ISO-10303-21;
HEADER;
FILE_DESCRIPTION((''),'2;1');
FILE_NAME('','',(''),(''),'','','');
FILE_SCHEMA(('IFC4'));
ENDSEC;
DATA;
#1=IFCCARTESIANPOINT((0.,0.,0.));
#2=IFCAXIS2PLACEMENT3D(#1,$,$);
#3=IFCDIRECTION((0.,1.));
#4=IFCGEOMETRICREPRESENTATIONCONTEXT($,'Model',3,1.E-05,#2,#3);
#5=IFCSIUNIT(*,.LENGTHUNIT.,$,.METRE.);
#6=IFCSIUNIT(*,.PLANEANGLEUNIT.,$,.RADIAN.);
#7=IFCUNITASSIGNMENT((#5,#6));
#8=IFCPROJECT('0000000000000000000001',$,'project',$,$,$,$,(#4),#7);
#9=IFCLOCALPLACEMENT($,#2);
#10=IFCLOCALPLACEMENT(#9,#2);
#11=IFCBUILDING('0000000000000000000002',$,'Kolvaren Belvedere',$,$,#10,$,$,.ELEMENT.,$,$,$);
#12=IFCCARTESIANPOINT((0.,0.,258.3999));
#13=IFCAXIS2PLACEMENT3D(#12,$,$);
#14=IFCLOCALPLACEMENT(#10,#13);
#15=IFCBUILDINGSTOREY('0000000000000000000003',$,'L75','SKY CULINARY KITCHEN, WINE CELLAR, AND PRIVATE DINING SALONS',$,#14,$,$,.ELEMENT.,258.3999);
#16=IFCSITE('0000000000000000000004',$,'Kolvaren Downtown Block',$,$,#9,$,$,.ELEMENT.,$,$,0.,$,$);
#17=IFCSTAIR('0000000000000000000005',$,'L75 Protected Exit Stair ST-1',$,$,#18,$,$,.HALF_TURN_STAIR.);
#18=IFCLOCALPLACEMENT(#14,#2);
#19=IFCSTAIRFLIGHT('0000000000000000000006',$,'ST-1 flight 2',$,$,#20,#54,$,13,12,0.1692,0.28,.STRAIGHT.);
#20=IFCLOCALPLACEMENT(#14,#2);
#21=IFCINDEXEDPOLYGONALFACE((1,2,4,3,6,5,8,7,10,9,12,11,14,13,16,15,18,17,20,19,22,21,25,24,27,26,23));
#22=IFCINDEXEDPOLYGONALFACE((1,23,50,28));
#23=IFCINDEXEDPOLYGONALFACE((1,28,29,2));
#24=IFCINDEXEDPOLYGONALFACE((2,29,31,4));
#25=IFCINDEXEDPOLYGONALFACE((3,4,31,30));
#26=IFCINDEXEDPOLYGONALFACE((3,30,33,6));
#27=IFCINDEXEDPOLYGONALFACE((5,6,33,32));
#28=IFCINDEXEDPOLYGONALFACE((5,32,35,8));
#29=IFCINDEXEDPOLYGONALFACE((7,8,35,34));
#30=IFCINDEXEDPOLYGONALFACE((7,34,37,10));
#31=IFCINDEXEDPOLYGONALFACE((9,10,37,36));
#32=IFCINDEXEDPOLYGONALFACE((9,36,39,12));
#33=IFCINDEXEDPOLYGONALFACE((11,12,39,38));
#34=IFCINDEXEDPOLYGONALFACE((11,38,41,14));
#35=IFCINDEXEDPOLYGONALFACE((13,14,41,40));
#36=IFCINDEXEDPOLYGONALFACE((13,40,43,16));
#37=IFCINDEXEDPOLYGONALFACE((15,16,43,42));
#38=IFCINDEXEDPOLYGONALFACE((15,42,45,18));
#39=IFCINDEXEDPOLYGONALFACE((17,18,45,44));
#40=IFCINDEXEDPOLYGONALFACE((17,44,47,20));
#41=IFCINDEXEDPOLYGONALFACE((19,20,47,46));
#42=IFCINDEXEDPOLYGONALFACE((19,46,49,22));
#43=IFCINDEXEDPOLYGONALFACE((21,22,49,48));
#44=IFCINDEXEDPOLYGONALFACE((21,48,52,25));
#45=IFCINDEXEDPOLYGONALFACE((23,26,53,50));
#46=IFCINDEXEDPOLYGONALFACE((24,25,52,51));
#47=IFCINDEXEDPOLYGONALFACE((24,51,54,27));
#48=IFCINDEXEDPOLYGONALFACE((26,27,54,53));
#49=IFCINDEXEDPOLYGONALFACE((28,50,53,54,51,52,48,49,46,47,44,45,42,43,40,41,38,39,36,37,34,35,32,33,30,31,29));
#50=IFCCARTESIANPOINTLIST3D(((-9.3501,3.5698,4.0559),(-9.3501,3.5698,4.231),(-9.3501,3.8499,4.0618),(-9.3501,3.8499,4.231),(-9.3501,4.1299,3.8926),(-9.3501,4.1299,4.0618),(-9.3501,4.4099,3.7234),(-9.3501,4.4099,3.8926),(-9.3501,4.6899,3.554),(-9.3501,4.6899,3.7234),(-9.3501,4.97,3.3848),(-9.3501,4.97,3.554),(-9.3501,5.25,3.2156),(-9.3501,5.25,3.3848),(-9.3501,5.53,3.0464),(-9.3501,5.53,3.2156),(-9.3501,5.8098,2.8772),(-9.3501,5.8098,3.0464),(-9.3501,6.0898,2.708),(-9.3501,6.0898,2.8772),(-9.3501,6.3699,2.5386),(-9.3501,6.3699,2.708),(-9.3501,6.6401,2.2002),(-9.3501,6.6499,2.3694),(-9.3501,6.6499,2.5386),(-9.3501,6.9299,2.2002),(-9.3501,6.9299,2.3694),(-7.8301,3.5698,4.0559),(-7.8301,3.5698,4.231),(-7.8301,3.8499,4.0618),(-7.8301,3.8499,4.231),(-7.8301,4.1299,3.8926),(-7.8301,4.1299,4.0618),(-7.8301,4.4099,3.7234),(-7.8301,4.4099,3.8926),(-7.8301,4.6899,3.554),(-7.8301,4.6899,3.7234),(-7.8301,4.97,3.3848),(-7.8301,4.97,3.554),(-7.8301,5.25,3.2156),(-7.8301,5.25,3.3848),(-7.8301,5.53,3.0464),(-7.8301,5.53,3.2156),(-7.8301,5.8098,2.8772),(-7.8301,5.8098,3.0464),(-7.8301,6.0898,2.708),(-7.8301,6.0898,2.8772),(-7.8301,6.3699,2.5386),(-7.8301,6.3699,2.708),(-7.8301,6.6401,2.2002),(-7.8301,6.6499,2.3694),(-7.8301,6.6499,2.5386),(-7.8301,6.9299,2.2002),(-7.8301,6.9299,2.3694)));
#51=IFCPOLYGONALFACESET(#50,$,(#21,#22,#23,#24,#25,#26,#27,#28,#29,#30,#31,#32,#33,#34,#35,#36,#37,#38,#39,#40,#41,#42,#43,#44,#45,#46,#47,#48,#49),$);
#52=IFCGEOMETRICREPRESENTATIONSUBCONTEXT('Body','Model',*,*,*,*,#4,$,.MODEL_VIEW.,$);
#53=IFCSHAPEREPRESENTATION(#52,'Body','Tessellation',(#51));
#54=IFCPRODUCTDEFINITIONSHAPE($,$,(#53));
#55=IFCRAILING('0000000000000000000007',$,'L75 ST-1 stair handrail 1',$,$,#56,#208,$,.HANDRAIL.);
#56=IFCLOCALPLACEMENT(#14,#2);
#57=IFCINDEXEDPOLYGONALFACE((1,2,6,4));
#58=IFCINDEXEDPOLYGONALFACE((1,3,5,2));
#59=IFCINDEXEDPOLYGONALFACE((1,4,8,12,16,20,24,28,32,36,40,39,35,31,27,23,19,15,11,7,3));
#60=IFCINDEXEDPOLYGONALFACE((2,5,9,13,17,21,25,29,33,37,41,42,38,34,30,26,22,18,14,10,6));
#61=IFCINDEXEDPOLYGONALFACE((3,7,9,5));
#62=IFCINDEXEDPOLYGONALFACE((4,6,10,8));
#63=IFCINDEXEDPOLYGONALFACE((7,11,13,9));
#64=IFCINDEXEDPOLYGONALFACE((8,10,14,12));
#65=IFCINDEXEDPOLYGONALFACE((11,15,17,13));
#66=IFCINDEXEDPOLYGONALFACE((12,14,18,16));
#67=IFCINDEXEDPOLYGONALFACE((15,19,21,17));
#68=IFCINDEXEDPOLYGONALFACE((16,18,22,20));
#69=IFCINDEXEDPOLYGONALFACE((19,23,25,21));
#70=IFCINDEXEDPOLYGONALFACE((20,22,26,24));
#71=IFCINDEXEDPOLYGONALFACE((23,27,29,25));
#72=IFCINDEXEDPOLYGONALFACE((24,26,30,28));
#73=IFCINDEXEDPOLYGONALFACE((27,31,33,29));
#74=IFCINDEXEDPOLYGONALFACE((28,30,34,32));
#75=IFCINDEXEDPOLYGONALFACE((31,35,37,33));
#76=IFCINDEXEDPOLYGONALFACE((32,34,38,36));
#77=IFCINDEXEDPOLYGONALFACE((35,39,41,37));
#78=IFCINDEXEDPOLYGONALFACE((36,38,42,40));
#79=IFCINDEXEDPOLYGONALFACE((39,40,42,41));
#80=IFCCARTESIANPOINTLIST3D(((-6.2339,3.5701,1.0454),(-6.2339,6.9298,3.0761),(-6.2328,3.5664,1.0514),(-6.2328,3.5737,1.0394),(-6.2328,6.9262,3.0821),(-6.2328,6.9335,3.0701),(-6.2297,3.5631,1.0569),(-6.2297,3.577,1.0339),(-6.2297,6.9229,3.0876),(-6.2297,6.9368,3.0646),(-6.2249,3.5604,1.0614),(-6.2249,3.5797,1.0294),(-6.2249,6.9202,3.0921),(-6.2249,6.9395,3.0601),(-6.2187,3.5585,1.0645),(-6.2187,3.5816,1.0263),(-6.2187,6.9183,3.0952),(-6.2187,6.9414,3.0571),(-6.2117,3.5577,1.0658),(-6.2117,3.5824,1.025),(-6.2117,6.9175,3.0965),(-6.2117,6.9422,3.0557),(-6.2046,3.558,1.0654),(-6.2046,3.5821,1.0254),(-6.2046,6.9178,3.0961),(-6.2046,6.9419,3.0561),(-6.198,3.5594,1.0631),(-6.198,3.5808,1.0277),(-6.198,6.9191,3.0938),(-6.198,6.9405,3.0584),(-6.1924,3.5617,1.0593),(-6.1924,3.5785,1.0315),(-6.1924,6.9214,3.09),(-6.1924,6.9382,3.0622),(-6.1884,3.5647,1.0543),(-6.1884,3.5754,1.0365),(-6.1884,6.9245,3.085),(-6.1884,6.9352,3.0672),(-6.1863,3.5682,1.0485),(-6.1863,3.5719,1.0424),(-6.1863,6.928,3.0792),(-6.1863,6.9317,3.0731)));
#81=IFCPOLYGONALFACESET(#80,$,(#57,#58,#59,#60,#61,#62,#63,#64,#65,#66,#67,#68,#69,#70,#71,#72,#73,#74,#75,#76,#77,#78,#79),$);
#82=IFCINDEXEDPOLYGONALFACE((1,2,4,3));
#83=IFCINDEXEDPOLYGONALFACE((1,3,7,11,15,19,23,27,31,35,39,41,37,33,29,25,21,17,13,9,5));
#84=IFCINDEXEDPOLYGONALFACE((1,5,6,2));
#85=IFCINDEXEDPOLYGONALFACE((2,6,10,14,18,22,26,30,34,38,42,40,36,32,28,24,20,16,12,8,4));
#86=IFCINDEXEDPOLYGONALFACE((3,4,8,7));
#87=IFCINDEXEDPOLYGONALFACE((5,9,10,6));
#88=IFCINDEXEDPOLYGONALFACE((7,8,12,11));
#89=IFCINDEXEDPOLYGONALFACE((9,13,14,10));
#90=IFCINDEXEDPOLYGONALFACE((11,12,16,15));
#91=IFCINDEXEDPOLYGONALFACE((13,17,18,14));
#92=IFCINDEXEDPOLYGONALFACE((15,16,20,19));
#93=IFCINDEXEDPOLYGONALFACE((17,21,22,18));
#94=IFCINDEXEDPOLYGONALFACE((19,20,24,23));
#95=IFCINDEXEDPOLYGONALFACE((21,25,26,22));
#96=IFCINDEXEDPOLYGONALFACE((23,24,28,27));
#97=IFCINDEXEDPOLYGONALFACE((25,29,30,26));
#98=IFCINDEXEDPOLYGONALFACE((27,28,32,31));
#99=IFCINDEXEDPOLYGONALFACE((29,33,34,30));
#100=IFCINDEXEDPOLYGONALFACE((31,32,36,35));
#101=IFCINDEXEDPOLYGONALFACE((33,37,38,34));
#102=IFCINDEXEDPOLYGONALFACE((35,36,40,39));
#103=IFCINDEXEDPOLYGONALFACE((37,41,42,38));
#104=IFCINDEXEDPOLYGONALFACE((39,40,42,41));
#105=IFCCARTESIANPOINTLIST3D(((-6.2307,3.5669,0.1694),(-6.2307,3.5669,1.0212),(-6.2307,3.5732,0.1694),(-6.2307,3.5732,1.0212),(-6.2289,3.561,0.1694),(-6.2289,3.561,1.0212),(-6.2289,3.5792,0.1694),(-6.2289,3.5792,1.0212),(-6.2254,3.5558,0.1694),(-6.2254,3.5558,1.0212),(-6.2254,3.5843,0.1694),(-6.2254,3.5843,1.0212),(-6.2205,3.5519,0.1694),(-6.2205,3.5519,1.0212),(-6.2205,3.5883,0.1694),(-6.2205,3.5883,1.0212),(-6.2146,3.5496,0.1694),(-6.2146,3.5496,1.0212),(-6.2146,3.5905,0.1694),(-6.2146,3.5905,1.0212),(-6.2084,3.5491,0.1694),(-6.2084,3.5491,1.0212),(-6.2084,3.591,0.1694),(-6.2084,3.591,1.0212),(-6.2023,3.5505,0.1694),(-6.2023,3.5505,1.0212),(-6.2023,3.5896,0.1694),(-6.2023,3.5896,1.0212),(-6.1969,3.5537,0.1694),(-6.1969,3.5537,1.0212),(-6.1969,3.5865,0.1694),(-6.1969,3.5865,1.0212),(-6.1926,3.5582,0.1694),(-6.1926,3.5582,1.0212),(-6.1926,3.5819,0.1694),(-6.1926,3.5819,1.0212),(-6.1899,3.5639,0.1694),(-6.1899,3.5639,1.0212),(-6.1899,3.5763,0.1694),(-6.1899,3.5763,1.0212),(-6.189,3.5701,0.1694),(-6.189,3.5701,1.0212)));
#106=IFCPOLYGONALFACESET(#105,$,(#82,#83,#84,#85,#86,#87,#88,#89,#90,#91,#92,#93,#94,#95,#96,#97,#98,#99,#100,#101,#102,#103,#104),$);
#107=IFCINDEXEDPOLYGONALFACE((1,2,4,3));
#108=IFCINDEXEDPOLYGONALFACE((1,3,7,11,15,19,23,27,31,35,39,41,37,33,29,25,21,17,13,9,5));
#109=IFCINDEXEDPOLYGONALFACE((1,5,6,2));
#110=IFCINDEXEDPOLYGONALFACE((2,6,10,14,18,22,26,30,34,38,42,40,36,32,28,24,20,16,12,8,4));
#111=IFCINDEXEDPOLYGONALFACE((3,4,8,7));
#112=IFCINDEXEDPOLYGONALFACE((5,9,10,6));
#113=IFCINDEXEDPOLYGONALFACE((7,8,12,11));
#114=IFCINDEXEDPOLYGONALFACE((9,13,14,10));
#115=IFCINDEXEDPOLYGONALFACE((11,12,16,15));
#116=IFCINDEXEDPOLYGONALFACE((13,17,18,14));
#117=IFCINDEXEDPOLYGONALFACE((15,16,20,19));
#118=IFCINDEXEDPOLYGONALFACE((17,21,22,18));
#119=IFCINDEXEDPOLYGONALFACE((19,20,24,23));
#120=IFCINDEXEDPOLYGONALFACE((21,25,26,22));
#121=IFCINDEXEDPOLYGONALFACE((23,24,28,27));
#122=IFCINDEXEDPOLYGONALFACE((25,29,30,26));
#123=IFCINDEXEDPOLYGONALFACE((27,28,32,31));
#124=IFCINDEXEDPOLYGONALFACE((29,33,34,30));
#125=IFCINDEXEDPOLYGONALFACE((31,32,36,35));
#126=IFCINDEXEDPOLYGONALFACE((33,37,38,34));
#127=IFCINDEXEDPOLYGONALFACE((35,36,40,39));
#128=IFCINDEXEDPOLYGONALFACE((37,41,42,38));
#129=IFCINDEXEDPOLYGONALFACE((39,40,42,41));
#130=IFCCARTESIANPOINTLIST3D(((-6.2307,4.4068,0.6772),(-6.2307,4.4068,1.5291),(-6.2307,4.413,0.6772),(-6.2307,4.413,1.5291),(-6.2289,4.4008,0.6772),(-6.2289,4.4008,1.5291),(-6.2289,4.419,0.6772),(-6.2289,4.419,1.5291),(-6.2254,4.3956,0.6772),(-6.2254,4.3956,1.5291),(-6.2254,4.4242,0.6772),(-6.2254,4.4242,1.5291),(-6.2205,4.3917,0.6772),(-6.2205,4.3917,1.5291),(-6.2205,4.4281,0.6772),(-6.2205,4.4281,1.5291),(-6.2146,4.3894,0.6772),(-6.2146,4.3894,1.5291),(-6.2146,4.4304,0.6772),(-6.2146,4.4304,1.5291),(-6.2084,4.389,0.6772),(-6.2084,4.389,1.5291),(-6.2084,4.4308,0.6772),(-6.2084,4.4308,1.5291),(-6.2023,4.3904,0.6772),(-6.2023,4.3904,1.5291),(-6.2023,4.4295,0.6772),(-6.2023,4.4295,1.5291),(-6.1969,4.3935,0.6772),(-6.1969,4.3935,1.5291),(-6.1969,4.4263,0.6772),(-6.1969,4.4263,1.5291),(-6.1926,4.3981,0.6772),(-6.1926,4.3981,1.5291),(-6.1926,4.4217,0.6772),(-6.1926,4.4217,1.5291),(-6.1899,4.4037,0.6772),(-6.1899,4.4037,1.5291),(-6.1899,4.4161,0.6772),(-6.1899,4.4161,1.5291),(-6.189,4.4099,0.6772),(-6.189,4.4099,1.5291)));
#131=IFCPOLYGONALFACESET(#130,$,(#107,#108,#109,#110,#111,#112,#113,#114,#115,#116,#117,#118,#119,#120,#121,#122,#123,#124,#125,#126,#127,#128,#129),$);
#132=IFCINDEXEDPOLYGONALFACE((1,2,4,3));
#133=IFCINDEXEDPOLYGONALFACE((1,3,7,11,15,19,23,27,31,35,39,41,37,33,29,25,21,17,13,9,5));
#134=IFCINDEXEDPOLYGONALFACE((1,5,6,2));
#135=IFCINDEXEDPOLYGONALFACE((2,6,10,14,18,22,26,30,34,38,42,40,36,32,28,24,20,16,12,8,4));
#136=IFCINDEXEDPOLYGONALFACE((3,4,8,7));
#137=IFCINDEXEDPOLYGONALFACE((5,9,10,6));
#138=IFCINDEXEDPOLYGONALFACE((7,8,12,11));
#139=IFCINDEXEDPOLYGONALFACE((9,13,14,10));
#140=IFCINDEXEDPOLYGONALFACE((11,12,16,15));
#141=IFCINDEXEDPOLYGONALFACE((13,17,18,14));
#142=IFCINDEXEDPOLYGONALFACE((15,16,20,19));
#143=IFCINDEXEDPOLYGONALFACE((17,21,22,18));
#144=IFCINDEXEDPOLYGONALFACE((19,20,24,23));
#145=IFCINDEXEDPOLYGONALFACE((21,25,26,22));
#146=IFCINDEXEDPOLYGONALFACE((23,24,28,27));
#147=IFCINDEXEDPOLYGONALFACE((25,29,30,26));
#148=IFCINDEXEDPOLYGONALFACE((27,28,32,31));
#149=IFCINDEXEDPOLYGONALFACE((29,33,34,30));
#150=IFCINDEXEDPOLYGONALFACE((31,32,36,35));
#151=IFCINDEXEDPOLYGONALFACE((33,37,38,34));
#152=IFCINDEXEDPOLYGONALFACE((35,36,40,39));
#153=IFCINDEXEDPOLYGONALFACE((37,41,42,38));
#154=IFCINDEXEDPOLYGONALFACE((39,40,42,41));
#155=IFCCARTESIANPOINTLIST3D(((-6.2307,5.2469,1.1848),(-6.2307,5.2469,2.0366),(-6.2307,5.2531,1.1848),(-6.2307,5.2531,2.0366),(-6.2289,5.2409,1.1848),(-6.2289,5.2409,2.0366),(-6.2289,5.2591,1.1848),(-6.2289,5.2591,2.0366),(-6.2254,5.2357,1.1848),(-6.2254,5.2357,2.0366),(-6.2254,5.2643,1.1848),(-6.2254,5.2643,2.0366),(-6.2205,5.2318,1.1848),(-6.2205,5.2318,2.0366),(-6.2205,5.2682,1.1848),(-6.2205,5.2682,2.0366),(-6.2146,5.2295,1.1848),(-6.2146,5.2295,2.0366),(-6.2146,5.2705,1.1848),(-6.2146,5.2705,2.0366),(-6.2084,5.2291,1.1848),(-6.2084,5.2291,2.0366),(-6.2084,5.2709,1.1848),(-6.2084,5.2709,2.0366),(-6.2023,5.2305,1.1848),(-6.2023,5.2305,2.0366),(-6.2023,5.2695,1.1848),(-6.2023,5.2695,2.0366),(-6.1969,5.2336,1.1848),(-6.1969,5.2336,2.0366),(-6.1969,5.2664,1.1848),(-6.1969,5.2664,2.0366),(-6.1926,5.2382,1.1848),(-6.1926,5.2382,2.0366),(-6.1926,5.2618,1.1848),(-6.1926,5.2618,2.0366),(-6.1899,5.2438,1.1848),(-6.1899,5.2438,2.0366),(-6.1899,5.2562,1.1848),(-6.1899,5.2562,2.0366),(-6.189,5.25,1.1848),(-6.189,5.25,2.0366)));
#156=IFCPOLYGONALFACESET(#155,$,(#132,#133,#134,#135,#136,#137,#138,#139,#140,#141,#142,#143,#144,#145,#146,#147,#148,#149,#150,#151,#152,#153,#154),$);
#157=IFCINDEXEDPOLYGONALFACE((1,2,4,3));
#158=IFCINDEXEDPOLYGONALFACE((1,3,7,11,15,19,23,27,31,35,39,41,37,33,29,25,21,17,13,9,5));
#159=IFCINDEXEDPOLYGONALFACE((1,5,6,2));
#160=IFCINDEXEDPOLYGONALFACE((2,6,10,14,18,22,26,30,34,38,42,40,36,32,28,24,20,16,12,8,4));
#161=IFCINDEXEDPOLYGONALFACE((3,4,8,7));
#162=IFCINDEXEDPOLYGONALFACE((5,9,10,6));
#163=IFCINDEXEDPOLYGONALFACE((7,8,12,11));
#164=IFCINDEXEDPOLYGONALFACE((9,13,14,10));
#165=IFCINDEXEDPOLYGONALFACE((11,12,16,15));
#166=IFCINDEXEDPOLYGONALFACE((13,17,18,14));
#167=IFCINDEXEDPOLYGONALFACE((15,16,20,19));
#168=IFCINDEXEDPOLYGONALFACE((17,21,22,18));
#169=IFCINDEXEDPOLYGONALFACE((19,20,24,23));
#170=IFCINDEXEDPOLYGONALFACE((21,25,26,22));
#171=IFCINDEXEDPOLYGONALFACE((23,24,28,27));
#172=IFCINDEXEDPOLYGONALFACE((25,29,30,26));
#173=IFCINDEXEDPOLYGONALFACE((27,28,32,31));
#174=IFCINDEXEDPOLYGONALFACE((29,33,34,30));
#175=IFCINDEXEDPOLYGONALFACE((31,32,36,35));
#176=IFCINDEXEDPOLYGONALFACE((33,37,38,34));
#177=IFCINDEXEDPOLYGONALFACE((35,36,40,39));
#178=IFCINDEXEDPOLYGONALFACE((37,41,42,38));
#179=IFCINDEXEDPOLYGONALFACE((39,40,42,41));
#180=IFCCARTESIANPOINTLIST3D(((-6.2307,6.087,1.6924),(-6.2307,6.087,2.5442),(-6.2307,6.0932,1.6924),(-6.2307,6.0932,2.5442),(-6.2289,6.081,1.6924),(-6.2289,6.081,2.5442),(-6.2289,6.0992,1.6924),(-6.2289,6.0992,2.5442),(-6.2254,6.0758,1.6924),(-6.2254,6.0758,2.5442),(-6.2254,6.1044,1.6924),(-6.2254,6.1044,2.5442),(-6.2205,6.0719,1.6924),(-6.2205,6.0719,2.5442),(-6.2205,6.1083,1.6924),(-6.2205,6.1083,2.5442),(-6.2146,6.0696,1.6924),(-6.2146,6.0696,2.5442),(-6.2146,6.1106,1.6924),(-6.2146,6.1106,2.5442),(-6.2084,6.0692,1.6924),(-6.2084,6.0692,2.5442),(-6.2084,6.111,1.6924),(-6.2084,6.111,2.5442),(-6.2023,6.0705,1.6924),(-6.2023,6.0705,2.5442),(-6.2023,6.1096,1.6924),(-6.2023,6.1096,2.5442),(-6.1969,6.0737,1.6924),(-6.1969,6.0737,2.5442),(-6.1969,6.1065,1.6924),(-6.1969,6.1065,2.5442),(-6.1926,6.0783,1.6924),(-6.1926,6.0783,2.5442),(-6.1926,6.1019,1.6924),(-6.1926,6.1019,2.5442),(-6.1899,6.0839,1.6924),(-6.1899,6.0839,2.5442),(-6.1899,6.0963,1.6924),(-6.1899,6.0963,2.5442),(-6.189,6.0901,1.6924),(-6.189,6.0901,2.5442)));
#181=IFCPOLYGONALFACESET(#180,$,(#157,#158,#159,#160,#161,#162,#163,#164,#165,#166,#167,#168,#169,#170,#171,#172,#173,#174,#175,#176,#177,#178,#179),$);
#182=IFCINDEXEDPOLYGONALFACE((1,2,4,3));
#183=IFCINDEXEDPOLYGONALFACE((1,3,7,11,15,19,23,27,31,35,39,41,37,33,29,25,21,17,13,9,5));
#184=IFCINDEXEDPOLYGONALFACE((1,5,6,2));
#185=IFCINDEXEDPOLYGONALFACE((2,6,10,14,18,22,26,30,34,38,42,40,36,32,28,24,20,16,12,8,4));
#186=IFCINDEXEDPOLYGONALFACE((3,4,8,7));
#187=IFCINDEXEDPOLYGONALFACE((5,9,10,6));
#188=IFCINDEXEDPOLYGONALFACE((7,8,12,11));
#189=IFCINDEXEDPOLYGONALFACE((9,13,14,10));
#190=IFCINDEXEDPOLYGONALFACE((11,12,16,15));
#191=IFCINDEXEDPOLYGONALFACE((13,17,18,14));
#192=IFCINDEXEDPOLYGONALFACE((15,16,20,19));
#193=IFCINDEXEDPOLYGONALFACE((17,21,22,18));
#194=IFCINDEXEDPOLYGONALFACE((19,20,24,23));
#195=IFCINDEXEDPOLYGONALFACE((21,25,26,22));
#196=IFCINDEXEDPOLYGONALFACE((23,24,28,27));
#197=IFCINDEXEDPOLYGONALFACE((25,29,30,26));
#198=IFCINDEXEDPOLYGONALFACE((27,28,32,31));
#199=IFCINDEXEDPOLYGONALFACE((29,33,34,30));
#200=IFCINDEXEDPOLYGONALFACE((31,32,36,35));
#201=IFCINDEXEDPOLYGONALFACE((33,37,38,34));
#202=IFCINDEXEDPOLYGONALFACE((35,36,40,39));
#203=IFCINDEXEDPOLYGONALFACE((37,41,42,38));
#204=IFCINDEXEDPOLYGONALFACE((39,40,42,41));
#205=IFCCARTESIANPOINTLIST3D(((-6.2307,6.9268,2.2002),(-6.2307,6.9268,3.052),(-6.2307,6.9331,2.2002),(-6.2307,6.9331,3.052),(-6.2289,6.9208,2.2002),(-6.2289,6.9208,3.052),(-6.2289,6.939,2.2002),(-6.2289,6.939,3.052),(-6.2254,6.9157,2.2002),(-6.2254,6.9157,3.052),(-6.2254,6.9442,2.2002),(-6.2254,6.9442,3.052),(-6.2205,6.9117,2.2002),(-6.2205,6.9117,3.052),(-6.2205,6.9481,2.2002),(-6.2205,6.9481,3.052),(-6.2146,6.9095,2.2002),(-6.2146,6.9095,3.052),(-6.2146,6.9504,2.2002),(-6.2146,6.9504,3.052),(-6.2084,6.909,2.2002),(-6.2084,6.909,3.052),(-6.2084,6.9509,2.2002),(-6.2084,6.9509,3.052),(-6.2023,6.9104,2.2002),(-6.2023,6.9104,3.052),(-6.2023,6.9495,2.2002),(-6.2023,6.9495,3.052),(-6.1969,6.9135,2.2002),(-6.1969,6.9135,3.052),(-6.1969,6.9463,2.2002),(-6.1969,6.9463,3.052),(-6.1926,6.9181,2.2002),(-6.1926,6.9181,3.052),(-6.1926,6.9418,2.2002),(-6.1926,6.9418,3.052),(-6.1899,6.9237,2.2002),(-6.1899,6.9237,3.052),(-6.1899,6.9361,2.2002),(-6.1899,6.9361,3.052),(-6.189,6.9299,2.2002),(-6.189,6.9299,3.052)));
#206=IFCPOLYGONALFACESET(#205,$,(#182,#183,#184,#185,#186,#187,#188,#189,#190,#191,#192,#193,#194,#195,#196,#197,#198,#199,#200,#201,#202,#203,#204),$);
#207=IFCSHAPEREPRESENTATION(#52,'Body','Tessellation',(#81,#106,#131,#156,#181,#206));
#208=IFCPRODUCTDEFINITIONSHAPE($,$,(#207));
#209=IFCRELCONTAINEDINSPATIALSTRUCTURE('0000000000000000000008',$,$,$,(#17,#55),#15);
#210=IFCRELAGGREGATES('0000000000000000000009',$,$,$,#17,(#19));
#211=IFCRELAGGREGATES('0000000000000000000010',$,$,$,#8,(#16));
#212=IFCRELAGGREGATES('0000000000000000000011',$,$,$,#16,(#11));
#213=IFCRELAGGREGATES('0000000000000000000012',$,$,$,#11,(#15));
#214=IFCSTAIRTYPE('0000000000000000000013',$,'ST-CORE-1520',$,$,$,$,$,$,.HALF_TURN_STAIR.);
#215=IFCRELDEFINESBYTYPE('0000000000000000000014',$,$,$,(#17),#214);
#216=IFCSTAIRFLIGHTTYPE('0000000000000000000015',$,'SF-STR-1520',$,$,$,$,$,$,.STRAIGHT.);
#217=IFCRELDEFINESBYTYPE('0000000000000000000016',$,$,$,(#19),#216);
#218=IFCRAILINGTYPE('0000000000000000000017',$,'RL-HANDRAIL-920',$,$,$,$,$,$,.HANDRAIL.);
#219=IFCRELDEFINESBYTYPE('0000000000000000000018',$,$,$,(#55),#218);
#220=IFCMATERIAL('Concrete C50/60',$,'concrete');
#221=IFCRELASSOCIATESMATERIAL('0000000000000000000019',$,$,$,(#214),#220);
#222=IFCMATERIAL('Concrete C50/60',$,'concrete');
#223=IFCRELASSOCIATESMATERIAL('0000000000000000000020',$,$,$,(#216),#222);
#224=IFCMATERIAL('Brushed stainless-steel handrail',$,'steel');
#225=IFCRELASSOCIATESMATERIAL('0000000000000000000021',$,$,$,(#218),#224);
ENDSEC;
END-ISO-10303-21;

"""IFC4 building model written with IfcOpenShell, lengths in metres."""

from ifc_helpers import new_model, si_unit, direction, frame, origin, origin_2d, place, context, subcontext, project, spatial, polyline, circle, outline, extrude, material, type_object, element, aggregate, save


model = new_model("IFC4")

# Units and contexts
model_context = context("Model", 3, precision=1e-05, world=origin(), true_north=direction((0.0, 1.0)))
body_context = subcontext(model_context, "Body", "Model", "MODEL_VIEW")
ifc_project = project(units=[si_unit("LENGTHUNIT", "METRE"), si_unit("PLANEANGLEUNIT", "RADIAN")], contexts=[model_context])

# Site, building, storey
site_placement = place(None, origin())
site = spatial("IfcSite", under=ifc_project, at=site_placement, Name="Kolvaren Downtown Block", CompositionType="ELEMENT", RefElevation=0.0)
building_placement = place(site_placement, origin())
building = spatial("IfcBuilding", under=site, at=building_placement, Name="Kolvaren Belvedere", CompositionType="ELEMENT")
storey_placement = place(building_placement, frame((0.0, 0.0, 258.3999)))
storey = spatial("IfcBuildingStorey", under=building, at=storey_placement, Name="L75", Description="SKY CULINARY KITCHEN, WINE CELLAR, AND PRIVATE DINING SALONS", CompositionType="ELEMENT", Elevation=258.3999)

# Stair, stair flight
ifc_material_1 = material(Name="Concrete C50/60", Category="concrete")
stair_type = type_object("IfcStairType", Name="ST-CORE-1520", PredefinedType="HALF_TURN_STAIR", material=ifc_material_1)
stair_placement = place(storey_placement, origin())
stair = element("IfcStair", 1, at=stair_placement, inside=storey, type_object=stair_type, Name="L75 Protected Exit Stair ST-1", PredefinedType="HALF_TURN_STAIR")
ifc_material_2 = material(Name="Concrete C50/60", Category="concrete")
stair_flight_type = type_object("IfcStairFlightType", Name="SF-STR-1520", PredefinedType="STRAIGHT", material=ifc_material_2)
stair_flight_1_placement = place(storey_placement, frame((-8.5901, 6.9299, 2.2002), z_axis=(0.0, 0.0, 1.0), x_axis=(0.0, -1.0, 0.0)))
stair_flight_1 = element("IfcStairFlight", 2, at=stair_flight_1_placement, type_object=stair_flight_type, Name="ST-1 flight 2", NumberOfRisers=13, NumberOfTreads=12, PredefinedType="STRAIGHT", RiserHeight=0.1692, TreadLength=0.28, context=body_context, shape_type="SweptSolid", body=[
    extrude(outline(polyline([(0.0, 0.0), (0.0, 0.1692), (0.28, 0.1692), (0.28, 0.3384), (0.5601, 0.3384), (0.5601, 0.5078), (0.8401, 0.5078), (0.8401, 0.677), (1.1201, 0.677), (1.1201, 0.8462), (1.3999, 0.8462), (1.3999, 1.0154), (1.6799, 1.0154), (1.6799, 1.1846), (1.96, 1.1846), (1.96, 1.3538), (2.24, 1.3538), (2.24, 1.5232), (2.52, 1.5232), (2.52, 1.6924), (2.8, 1.6924), (2.8, 1.8616), (3.0801, 1.8616), (3.0801, 2.0308), (3.3601, 2.0308), (3.3601, 2.2), (3.3601, 1.8557), (0.2898, 0.0), (0.0, 0.0)])), frame((0.0, 0.76, 0.0), z_axis=(0.0, -1.0, 0.0), x_axis=(1.0, 0.0, 0.0)), (0.0, 0.0, 1.0), 1.52),
])
aggregate(stair, [stair_flight_1])

# Railing
ifc_material_3 = material(Name="Brushed stainless-steel handrail", Category="steel")
railing_type_1 = type_object("IfcRailingType", Name="RL-HANDRAIL-920", PredefinedType="HANDRAIL", material=ifc_material_3)
railing_1_placement = place(storey_placement, frame((-6.21, 3.5701, 0.1694)))
element("IfcRailing", 3, at=railing_1_placement, inside=storey, type_object=railing_type_1, Name="L75 ST-1 stair handrail 1", PredefinedType="HANDRAIL", context=body_context, shape_type="SweptSolid", body=[
    extrude(circle(Radius=0.0239, at=origin_2d()), frame((0.0, 0.0, 0.876), z_axis=(0.0, 0.85582, 0.517273), x_axis=(-1.0, 0.0, 0.0)), (0.0, 0.0, 1.0), 3.9258),
    extrude(circle(Radius=0.021, at=origin_2d()), origin(), (0.0, 0.0, 1.0), 0.8518),
    extrude(circle(Radius=0.021, at=origin_2d()), frame((0.0, 0.8398, 0.5078)), (0.0, 0.0, 1.0), 0.8518),
    extrude(circle(Radius=0.021, at=origin_2d()), frame((0.0, 1.6799, 1.0154)), (0.0, 0.0, 1.0), 0.8518),
    extrude(circle(Radius=0.021, at=origin_2d()), frame((0.0, 2.52, 1.5229)), (0.0, 0.0, 1.0), 0.8518),
    extrude(circle(Radius=0.021, at=origin_2d()), frame((0.0, 3.3599, 2.0308)), (0.0, 0.0, 1.0), 0.8518),
])

save(model, "model.ifc")
